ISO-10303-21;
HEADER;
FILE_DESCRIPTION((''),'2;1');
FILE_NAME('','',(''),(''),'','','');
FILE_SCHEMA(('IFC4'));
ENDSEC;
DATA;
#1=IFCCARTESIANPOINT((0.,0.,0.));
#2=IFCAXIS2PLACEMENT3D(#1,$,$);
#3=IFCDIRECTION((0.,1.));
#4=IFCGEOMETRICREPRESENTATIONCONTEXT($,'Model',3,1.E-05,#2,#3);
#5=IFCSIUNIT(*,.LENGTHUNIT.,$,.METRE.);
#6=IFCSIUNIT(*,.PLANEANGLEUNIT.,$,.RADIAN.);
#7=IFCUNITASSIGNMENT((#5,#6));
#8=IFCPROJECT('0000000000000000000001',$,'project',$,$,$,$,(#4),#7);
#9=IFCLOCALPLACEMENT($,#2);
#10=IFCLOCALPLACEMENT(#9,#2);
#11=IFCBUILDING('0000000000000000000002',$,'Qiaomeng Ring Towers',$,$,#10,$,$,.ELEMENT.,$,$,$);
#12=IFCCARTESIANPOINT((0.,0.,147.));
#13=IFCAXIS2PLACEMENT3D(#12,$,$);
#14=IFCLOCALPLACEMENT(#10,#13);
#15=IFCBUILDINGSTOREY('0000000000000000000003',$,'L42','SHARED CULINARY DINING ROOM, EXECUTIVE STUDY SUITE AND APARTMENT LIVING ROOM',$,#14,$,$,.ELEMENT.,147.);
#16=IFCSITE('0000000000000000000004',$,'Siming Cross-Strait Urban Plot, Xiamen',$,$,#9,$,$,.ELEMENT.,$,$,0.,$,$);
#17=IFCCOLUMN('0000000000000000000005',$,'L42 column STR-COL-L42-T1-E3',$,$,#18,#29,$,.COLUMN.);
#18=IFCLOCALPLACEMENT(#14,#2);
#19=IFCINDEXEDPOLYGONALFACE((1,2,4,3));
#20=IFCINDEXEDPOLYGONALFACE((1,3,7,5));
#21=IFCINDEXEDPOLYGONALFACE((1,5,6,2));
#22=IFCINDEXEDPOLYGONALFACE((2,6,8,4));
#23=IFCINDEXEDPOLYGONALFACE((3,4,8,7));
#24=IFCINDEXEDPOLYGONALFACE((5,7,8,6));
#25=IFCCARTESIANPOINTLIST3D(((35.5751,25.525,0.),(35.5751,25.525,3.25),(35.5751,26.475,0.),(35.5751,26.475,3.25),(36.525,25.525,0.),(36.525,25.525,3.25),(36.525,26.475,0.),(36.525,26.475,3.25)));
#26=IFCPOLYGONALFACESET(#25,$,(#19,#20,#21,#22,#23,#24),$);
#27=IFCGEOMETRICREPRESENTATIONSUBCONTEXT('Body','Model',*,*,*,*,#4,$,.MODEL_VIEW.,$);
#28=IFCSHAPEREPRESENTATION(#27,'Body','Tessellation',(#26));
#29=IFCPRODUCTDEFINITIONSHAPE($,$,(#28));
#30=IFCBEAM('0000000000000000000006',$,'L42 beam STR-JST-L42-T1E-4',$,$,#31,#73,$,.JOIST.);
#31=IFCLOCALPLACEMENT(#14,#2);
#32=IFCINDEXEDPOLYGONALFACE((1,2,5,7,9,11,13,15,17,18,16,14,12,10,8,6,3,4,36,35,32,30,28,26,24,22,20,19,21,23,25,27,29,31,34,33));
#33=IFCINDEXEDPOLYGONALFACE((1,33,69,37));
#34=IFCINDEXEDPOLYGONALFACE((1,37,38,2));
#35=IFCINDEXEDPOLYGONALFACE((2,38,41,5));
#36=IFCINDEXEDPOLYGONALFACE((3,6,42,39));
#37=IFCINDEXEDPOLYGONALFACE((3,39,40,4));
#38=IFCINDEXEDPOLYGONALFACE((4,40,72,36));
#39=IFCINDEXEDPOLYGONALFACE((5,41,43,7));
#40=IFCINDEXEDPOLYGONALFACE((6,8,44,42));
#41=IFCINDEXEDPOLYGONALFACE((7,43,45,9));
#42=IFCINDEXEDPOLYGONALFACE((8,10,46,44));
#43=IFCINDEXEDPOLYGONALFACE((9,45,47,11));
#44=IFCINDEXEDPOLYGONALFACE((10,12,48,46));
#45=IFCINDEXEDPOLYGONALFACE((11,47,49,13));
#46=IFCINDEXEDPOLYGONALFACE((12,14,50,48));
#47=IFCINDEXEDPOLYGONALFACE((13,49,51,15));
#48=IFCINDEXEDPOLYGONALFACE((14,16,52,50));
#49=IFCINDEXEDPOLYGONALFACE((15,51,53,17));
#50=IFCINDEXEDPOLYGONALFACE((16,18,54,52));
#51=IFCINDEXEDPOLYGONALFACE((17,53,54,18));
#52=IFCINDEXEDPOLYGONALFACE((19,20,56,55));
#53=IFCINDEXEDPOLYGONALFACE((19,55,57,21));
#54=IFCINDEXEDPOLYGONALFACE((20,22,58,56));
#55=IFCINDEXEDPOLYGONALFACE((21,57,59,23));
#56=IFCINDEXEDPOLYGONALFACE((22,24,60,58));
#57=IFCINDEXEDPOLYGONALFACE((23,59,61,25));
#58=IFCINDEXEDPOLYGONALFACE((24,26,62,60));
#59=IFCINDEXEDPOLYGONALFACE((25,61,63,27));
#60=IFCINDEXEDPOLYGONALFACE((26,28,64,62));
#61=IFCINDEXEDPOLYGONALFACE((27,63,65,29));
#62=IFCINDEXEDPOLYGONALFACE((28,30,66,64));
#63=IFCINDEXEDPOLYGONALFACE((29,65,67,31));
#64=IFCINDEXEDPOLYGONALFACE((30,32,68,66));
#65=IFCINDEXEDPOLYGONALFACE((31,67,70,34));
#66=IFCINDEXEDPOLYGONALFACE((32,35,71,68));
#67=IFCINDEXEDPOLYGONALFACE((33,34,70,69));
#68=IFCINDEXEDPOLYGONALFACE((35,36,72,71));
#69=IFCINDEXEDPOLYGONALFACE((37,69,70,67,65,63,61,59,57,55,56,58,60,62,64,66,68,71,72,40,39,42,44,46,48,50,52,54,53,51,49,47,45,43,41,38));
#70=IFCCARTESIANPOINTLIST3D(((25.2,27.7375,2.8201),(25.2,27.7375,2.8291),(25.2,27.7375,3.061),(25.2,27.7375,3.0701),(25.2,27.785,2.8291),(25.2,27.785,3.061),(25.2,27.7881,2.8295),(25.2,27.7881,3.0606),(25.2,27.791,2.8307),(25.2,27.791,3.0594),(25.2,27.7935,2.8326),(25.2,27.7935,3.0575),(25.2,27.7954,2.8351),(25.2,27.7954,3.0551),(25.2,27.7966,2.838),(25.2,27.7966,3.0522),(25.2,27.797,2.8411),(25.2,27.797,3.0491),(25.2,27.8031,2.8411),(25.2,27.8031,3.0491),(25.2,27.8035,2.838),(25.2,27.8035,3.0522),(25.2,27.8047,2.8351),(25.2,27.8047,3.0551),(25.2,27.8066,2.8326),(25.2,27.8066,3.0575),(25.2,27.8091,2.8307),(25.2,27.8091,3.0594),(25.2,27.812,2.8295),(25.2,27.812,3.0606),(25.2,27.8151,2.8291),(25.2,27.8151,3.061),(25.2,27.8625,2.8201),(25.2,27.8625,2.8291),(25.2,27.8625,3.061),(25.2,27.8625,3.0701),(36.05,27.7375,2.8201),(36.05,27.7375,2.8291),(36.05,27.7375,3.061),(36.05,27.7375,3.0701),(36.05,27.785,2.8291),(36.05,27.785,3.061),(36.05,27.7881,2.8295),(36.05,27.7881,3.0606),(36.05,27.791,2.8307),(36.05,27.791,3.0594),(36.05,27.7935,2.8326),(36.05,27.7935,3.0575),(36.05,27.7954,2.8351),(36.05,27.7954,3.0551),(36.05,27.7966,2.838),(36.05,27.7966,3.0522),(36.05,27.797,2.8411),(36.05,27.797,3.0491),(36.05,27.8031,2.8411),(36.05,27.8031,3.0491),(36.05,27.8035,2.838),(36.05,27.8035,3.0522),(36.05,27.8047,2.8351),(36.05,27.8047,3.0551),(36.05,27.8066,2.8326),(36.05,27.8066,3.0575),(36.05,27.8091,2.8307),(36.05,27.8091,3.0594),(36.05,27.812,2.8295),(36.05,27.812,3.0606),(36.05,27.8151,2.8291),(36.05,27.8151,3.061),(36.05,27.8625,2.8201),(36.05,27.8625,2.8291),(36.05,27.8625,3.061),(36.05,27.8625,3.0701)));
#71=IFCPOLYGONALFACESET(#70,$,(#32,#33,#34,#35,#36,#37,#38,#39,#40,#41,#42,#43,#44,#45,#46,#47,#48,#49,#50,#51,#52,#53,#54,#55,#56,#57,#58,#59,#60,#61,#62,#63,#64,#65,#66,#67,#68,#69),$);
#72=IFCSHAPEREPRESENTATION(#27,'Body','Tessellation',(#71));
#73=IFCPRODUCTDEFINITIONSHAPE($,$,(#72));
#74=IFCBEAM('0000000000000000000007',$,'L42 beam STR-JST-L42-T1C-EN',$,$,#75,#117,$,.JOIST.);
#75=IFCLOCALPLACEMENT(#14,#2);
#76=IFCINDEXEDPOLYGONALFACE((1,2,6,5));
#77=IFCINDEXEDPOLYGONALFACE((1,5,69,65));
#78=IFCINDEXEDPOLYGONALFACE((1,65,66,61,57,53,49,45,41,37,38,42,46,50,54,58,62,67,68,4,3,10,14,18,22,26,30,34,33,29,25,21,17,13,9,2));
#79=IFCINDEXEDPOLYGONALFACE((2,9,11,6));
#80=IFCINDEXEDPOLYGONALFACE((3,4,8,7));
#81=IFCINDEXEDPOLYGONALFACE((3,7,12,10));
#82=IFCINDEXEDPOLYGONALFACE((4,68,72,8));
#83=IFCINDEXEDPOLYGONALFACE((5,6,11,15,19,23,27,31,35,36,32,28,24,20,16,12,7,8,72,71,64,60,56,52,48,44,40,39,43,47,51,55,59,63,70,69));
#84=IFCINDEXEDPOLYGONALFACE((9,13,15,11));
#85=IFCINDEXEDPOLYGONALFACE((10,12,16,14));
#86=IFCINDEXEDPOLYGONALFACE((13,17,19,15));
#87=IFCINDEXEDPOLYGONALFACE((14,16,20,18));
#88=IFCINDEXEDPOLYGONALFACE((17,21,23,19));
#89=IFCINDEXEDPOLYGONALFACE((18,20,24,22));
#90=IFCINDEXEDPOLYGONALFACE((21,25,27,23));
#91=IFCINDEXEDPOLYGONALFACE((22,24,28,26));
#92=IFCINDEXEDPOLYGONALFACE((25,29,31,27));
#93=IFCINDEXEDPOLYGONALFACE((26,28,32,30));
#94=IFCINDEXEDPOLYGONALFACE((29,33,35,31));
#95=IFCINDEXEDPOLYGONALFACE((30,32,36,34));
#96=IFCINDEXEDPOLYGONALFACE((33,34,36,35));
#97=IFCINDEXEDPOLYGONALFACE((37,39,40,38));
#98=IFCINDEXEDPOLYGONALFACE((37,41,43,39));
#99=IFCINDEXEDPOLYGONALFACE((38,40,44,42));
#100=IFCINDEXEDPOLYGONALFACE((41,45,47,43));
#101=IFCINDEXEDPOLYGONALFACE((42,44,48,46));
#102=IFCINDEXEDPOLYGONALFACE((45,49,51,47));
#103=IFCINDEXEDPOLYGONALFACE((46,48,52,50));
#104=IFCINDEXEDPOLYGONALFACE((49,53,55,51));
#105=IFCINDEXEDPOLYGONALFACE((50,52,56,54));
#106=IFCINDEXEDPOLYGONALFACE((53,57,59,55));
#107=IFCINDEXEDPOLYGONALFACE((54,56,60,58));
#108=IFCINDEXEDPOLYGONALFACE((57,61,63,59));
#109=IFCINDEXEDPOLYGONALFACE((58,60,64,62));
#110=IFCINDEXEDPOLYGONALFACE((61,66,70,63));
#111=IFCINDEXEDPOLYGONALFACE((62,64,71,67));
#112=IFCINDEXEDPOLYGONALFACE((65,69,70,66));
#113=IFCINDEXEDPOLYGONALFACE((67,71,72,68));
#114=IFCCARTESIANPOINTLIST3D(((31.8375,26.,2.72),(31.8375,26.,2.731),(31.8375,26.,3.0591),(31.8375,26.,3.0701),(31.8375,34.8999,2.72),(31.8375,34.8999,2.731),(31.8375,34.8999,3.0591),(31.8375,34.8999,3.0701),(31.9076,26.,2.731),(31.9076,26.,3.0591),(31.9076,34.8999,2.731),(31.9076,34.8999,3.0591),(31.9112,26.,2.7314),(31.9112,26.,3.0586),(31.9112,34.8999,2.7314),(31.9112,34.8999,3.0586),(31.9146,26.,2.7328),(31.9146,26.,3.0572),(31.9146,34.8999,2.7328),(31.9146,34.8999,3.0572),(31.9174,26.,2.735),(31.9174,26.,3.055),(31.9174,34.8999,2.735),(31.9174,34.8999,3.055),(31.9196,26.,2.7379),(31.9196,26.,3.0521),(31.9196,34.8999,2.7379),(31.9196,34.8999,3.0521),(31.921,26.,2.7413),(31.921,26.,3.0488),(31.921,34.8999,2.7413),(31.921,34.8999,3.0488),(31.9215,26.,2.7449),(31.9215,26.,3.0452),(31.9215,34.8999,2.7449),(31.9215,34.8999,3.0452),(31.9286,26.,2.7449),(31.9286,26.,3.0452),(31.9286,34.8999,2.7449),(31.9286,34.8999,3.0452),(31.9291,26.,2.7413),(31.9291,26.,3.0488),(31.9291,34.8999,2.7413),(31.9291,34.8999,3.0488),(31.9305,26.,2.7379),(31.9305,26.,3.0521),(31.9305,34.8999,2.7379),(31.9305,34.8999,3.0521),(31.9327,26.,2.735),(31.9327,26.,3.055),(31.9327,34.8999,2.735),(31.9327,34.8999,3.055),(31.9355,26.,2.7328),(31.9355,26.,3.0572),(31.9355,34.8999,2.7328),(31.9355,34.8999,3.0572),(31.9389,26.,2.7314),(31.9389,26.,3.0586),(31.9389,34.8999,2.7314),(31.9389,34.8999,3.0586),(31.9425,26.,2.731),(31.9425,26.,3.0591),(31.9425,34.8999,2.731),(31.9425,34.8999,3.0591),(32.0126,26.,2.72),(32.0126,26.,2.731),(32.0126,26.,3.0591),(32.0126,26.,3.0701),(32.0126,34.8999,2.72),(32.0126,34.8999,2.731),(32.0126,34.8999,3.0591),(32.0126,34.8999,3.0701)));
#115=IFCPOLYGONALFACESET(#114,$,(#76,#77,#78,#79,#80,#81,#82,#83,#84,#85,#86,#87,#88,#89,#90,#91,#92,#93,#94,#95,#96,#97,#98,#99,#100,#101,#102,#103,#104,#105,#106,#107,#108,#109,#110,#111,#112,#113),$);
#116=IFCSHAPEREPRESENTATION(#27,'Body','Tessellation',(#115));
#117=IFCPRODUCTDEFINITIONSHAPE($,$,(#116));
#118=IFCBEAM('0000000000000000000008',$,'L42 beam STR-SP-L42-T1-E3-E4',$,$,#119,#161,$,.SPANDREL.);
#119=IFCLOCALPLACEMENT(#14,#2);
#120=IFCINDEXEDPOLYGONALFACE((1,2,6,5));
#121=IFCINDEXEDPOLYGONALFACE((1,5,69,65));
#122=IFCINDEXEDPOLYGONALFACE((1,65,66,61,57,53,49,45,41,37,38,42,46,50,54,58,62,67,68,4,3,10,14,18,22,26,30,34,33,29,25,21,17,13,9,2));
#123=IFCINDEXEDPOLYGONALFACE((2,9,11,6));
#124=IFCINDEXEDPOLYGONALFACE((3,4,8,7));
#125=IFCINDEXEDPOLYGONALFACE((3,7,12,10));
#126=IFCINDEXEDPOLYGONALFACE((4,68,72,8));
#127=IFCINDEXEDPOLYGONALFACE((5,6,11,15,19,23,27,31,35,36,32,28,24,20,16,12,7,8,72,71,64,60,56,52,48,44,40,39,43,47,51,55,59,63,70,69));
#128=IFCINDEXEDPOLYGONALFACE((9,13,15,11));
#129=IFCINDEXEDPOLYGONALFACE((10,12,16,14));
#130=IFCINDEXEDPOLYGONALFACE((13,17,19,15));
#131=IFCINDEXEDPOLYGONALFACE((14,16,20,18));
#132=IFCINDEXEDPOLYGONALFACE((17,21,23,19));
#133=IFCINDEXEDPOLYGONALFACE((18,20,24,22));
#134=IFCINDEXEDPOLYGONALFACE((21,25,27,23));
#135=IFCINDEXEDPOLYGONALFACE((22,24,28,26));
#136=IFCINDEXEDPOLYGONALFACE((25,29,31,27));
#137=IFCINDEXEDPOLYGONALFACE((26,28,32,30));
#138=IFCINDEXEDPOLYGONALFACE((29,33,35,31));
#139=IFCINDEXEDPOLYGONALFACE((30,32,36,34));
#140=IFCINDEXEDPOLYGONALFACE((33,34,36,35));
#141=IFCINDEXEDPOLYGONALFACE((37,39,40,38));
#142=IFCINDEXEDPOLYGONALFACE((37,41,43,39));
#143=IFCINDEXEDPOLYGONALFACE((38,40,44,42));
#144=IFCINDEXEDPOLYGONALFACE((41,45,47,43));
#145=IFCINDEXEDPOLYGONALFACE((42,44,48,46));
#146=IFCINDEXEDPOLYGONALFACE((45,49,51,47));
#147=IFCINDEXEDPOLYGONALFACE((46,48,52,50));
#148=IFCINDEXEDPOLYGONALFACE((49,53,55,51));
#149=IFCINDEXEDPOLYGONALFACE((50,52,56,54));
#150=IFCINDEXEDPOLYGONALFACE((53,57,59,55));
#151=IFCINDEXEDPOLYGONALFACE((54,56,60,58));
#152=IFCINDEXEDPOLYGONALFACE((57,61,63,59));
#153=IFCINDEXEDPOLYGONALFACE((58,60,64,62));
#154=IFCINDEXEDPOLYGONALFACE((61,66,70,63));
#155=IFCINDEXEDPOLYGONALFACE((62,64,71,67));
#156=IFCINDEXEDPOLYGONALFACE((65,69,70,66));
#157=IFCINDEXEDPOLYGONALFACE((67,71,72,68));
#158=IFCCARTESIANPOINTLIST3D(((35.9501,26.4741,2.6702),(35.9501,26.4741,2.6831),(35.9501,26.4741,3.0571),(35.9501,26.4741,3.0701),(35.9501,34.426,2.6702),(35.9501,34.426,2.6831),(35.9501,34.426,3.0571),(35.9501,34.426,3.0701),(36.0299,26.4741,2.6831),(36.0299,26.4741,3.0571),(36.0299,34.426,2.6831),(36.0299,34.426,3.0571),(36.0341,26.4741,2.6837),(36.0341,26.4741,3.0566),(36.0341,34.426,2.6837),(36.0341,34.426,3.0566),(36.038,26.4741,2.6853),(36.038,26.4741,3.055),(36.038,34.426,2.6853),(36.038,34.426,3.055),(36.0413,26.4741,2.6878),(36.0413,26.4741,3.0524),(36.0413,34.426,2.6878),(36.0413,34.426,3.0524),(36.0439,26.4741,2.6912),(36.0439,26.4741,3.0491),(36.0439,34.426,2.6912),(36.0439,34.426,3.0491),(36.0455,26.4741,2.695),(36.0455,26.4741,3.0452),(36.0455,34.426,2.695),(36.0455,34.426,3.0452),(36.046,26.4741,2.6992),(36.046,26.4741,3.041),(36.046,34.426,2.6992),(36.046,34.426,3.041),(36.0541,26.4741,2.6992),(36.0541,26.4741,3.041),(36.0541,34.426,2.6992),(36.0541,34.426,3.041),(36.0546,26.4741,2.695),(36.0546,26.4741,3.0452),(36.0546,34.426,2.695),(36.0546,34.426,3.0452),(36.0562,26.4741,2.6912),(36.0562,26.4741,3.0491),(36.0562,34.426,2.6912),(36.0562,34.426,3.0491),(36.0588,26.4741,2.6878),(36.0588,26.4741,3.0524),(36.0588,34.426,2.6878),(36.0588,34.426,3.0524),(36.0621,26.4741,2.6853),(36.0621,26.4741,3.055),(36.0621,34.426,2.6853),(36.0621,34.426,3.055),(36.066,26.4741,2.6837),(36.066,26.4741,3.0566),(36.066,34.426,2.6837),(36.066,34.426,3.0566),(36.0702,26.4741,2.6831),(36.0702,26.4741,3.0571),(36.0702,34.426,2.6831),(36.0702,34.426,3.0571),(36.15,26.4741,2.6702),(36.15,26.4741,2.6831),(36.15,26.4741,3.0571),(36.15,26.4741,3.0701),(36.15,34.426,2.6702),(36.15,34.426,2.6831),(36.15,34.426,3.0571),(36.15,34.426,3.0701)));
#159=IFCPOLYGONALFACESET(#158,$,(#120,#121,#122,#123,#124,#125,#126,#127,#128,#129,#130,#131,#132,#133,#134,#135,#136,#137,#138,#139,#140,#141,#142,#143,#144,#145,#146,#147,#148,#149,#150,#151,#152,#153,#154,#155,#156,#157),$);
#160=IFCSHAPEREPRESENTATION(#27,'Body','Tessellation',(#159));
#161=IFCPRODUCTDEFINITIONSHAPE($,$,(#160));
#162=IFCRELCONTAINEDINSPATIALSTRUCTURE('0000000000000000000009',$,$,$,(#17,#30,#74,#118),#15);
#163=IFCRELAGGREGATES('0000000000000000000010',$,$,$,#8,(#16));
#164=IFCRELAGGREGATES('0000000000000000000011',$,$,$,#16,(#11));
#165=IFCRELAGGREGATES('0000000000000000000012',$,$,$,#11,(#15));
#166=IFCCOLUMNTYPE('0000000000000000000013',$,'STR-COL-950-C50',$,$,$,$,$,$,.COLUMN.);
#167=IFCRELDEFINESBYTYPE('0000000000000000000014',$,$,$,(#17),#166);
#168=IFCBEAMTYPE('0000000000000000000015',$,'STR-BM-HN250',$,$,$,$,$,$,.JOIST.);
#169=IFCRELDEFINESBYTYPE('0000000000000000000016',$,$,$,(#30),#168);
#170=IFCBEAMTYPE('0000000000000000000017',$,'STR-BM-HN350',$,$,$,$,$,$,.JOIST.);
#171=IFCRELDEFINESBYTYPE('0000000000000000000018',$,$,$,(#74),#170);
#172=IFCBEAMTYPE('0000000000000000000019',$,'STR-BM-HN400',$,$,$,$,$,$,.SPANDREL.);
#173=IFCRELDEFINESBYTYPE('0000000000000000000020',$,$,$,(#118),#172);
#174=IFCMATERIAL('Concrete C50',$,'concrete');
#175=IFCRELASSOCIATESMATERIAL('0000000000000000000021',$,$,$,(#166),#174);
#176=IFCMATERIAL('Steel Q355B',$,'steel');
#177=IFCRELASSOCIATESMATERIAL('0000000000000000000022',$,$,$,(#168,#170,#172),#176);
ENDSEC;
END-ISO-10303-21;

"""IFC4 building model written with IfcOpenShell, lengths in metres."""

from ifc_helpers import new_model, si_unit, direction, frame, origin, origin_2d, place, context, subcontext, project, spatial, rectangle, i_section, extrude, source, transform, mapped, material, material_profile, profile_set, type_object, element, save


model = new_model("IFC4")

# Units and contexts
model_context = context("Model", 3, precision=1e-05, world=origin(), true_north=direction((0.0, 1.0)))
body_context = subcontext(model_context, "Body", "Model", "MODEL_VIEW")
ifc_project = project(units=[si_unit("LENGTHUNIT", "METRE"), si_unit("PLANEANGLEUNIT", "RADIAN")], contexts=[model_context])

# Site, building, storey
site_placement = place(None, origin())
site = spatial("IfcSite", under=ifc_project, at=site_placement, Name="Siming Cross-Strait Urban Plot, Xiamen", CompositionType="ELEMENT", RefElevation=0.0)
building_placement = place(site_placement, origin())
building = spatial("IfcBuilding", under=site, at=building_placement, Name="Qiaomeng Ring Towers", CompositionType="ELEMENT")
storey_placement = place(building_placement, frame((0.0, 0.0, 147.0)))
storey = spatial("IfcBuildingStorey", under=building, at=storey_placement, Name="L42", Description="SHARED CULINARY DINING ROOM, EXECUTIVE STUDY SUITE AND APARTMENT LIVING ROOM", CompositionType="ELEMENT", Elevation=147.0)

# Column
ifc_material_1 = material(Name="Concrete C50", Category="concrete")
ifc_material_profile_1 = material_profile(ifc_material_1, rectangle(XDim=0.95, YDim=0.95, at=origin_2d()), Name="RC COL 950x950")
ifc_profile_set_1 = profile_set([ifc_material_profile_1], Name="Concrete C50")
column_type = type_object("IfcColumnType", Name="STR-COL-950-C50", PredefinedType="COLUMN", material=ifc_profile_set_1)
shared_shape_1 = source(origin(), body_context, "Body", "SweptSolid", [
    extrude(rectangle(XDim=0.95, YDim=0.95, at=origin_2d()), origin(), (0.0, 0.0, 1.0), 3.25),
])
column_placement = place(storey_placement, frame((36.05, 26.0, 0.0), z_axis=(0.0, 0.0, 1.0), x_axis=(1.0, 0.0, 0.0)))
element("IfcColumn", 1, at=column_placement, inside=storey, type_object=column_type, Name="L42 column STR-COL-L42-T1-E3", PredefinedType="COLUMN", context=body_context, shape_type="MappedRepresentation", body=[
    mapped(shared_shape_1, transform((0.0, 0.0, 0.0), x_axis=(1.0, 0.0, 0.0), y_axis=(0.0, 1.0, 0.0), z_axis=(0.0, 0.0, 1.0), scale=1.0)),
])

# Beams
ifc_material_2 = material(Name="Steel Q355B", Category="steel")
ifc_material_profile_2 = material_profile(ifc_material_2, i_section(OverallWidth=0.125, OverallDepth=0.25, WebThickness=0.0061, FlangeThickness=0.009, FilletRadius=0.012, at=origin_2d()), Name="HN 250x125x6x9")
ifc_profile_set_2 = profile_set([ifc_material_profile_2], Name="Steel Q355B")
beam_type_1 = type_object("IfcBeamType", Name="STR-BM-HN250", PredefinedType="JOIST", material=ifc_profile_set_2)
shared_shape_2 = source(origin(), body_context, "Body", "SweptSolid", [
    extrude(i_section(OverallWidth=0.125, OverallDepth=0.25, WebThickness=0.0061, FlangeThickness=0.009, FilletRadius=0.012, at=origin_2d()), origin(), (0.0, 0.0, 1.0), 10.8501),
])
beam_1_placement = place(storey_placement, frame((25.2, 27.8, 2.9451), z_axis=(1.0, 0.0, 0.0), x_axis=(0.0, 1.0, 0.0)))
element("IfcBeam", 2, at=beam_1_placement, inside=storey, type_object=beam_type_1, Name="L42 beam STR-JST-L42-T1E-4", PredefinedType="JOIST", context=body_context, shape_type="MappedRepresentation", body=[
    mapped(shared_shape_2, transform((0.0, 0.0, 0.0), x_axis=(1.0, 0.0, 0.0), y_axis=(0.0, 1.0, 0.0), z_axis=(0.0, 0.0, 1.0), scale=1.0)),
])
ifc_material_profile_3 = material_profile(ifc_material_2, i_section(OverallWidth=0.175, OverallDepth=0.3501, WebThickness=0.0071, FlangeThickness=0.011, FilletRadius=0.0139, at=origin_2d()), Name="HN 350x175x7x11")
ifc_profile_set_3 = profile_set([ifc_material_profile_3], Name="Steel Q355B")
beam_type_2 = type_object("IfcBeamType", Name="STR-BM-HN350", PredefinedType="JOIST", material=ifc_profile_set_3)
shared_shape_3 = source(origin(), body_context, "Body", "SweptSolid", [
    extrude(i_section(OverallWidth=0.175, OverallDepth=0.3501, WebThickness=0.0071, FlangeThickness=0.011, FilletRadius=0.0139, at=origin_2d()), origin(), (0.0, 0.0, 1.0), 8.8999),
])
beam_2_placement = place(storey_placement, frame((31.925, 26.0, 2.895), z_axis=(0.0, 1.0, 0.0), x_axis=(-1.0, 0.0, 0.0)))
element("IfcBeam", 3, at=beam_2_placement, inside=storey, type_object=beam_type_2, Name="L42 beam STR-JST-L42-T1C-EN", PredefinedType="JOIST", context=body_context, shape_type="MappedRepresentation", body=[
    mapped(shared_shape_3, transform((0.0, 0.0, 0.0), x_axis=(1.0, 0.0, 0.0), y_axis=(0.0, 1.0, 0.0), z_axis=(0.0, 0.0, 1.0), scale=1.0)),
])
ifc_material_profile_4 = material_profile(ifc_material_2, i_section(OverallWidth=0.2, OverallDepth=0.3999, WebThickness=0.0081, FlangeThickness=0.0129, FilletRadius=0.0161, at=origin_2d()), Name="HN 400x200x8x13")
ifc_profile_set_4 = profile_set([ifc_material_profile_4], Name="Steel Q355B")
beam_type_3 = type_object("IfcBeamType", Name="STR-BM-HN400", PredefinedType="SPANDREL", material=ifc_profile_set_4)
shared_shape_4 = source(origin(), body_context, "Body", "SweptSolid", [
    extrude(i_section(OverallWidth=0.2, OverallDepth=0.3999, WebThickness=0.0081, FlangeThickness=0.0129, FilletRadius=0.0161, at=origin_2d()), origin(), (0.0, 0.0, 1.0), 7.9519),
])
beam_3_placement = place(storey_placement, frame((36.05, 26.4741, 2.8701), z_axis=(0.0, 1.0, 0.0), x_axis=(-1.0, 0.0, 0.0)))
element("IfcBeam", 4, at=beam_3_placement, inside=storey, type_object=beam_type_3, Name="L42 beam STR-SP-L42-T1-E3-E4", PredefinedType="SPANDREL", context=body_context, shape_type="MappedRepresentation", body=[
    mapped(shared_shape_4, transform((0.0, 0.0, 0.0), x_axis=(1.0, 0.0, 0.0), y_axis=(0.0, 1.0, 0.0), z_axis=(0.0, 0.0, 1.0), scale=1.0)),
])

save(model, "model.ifc")
